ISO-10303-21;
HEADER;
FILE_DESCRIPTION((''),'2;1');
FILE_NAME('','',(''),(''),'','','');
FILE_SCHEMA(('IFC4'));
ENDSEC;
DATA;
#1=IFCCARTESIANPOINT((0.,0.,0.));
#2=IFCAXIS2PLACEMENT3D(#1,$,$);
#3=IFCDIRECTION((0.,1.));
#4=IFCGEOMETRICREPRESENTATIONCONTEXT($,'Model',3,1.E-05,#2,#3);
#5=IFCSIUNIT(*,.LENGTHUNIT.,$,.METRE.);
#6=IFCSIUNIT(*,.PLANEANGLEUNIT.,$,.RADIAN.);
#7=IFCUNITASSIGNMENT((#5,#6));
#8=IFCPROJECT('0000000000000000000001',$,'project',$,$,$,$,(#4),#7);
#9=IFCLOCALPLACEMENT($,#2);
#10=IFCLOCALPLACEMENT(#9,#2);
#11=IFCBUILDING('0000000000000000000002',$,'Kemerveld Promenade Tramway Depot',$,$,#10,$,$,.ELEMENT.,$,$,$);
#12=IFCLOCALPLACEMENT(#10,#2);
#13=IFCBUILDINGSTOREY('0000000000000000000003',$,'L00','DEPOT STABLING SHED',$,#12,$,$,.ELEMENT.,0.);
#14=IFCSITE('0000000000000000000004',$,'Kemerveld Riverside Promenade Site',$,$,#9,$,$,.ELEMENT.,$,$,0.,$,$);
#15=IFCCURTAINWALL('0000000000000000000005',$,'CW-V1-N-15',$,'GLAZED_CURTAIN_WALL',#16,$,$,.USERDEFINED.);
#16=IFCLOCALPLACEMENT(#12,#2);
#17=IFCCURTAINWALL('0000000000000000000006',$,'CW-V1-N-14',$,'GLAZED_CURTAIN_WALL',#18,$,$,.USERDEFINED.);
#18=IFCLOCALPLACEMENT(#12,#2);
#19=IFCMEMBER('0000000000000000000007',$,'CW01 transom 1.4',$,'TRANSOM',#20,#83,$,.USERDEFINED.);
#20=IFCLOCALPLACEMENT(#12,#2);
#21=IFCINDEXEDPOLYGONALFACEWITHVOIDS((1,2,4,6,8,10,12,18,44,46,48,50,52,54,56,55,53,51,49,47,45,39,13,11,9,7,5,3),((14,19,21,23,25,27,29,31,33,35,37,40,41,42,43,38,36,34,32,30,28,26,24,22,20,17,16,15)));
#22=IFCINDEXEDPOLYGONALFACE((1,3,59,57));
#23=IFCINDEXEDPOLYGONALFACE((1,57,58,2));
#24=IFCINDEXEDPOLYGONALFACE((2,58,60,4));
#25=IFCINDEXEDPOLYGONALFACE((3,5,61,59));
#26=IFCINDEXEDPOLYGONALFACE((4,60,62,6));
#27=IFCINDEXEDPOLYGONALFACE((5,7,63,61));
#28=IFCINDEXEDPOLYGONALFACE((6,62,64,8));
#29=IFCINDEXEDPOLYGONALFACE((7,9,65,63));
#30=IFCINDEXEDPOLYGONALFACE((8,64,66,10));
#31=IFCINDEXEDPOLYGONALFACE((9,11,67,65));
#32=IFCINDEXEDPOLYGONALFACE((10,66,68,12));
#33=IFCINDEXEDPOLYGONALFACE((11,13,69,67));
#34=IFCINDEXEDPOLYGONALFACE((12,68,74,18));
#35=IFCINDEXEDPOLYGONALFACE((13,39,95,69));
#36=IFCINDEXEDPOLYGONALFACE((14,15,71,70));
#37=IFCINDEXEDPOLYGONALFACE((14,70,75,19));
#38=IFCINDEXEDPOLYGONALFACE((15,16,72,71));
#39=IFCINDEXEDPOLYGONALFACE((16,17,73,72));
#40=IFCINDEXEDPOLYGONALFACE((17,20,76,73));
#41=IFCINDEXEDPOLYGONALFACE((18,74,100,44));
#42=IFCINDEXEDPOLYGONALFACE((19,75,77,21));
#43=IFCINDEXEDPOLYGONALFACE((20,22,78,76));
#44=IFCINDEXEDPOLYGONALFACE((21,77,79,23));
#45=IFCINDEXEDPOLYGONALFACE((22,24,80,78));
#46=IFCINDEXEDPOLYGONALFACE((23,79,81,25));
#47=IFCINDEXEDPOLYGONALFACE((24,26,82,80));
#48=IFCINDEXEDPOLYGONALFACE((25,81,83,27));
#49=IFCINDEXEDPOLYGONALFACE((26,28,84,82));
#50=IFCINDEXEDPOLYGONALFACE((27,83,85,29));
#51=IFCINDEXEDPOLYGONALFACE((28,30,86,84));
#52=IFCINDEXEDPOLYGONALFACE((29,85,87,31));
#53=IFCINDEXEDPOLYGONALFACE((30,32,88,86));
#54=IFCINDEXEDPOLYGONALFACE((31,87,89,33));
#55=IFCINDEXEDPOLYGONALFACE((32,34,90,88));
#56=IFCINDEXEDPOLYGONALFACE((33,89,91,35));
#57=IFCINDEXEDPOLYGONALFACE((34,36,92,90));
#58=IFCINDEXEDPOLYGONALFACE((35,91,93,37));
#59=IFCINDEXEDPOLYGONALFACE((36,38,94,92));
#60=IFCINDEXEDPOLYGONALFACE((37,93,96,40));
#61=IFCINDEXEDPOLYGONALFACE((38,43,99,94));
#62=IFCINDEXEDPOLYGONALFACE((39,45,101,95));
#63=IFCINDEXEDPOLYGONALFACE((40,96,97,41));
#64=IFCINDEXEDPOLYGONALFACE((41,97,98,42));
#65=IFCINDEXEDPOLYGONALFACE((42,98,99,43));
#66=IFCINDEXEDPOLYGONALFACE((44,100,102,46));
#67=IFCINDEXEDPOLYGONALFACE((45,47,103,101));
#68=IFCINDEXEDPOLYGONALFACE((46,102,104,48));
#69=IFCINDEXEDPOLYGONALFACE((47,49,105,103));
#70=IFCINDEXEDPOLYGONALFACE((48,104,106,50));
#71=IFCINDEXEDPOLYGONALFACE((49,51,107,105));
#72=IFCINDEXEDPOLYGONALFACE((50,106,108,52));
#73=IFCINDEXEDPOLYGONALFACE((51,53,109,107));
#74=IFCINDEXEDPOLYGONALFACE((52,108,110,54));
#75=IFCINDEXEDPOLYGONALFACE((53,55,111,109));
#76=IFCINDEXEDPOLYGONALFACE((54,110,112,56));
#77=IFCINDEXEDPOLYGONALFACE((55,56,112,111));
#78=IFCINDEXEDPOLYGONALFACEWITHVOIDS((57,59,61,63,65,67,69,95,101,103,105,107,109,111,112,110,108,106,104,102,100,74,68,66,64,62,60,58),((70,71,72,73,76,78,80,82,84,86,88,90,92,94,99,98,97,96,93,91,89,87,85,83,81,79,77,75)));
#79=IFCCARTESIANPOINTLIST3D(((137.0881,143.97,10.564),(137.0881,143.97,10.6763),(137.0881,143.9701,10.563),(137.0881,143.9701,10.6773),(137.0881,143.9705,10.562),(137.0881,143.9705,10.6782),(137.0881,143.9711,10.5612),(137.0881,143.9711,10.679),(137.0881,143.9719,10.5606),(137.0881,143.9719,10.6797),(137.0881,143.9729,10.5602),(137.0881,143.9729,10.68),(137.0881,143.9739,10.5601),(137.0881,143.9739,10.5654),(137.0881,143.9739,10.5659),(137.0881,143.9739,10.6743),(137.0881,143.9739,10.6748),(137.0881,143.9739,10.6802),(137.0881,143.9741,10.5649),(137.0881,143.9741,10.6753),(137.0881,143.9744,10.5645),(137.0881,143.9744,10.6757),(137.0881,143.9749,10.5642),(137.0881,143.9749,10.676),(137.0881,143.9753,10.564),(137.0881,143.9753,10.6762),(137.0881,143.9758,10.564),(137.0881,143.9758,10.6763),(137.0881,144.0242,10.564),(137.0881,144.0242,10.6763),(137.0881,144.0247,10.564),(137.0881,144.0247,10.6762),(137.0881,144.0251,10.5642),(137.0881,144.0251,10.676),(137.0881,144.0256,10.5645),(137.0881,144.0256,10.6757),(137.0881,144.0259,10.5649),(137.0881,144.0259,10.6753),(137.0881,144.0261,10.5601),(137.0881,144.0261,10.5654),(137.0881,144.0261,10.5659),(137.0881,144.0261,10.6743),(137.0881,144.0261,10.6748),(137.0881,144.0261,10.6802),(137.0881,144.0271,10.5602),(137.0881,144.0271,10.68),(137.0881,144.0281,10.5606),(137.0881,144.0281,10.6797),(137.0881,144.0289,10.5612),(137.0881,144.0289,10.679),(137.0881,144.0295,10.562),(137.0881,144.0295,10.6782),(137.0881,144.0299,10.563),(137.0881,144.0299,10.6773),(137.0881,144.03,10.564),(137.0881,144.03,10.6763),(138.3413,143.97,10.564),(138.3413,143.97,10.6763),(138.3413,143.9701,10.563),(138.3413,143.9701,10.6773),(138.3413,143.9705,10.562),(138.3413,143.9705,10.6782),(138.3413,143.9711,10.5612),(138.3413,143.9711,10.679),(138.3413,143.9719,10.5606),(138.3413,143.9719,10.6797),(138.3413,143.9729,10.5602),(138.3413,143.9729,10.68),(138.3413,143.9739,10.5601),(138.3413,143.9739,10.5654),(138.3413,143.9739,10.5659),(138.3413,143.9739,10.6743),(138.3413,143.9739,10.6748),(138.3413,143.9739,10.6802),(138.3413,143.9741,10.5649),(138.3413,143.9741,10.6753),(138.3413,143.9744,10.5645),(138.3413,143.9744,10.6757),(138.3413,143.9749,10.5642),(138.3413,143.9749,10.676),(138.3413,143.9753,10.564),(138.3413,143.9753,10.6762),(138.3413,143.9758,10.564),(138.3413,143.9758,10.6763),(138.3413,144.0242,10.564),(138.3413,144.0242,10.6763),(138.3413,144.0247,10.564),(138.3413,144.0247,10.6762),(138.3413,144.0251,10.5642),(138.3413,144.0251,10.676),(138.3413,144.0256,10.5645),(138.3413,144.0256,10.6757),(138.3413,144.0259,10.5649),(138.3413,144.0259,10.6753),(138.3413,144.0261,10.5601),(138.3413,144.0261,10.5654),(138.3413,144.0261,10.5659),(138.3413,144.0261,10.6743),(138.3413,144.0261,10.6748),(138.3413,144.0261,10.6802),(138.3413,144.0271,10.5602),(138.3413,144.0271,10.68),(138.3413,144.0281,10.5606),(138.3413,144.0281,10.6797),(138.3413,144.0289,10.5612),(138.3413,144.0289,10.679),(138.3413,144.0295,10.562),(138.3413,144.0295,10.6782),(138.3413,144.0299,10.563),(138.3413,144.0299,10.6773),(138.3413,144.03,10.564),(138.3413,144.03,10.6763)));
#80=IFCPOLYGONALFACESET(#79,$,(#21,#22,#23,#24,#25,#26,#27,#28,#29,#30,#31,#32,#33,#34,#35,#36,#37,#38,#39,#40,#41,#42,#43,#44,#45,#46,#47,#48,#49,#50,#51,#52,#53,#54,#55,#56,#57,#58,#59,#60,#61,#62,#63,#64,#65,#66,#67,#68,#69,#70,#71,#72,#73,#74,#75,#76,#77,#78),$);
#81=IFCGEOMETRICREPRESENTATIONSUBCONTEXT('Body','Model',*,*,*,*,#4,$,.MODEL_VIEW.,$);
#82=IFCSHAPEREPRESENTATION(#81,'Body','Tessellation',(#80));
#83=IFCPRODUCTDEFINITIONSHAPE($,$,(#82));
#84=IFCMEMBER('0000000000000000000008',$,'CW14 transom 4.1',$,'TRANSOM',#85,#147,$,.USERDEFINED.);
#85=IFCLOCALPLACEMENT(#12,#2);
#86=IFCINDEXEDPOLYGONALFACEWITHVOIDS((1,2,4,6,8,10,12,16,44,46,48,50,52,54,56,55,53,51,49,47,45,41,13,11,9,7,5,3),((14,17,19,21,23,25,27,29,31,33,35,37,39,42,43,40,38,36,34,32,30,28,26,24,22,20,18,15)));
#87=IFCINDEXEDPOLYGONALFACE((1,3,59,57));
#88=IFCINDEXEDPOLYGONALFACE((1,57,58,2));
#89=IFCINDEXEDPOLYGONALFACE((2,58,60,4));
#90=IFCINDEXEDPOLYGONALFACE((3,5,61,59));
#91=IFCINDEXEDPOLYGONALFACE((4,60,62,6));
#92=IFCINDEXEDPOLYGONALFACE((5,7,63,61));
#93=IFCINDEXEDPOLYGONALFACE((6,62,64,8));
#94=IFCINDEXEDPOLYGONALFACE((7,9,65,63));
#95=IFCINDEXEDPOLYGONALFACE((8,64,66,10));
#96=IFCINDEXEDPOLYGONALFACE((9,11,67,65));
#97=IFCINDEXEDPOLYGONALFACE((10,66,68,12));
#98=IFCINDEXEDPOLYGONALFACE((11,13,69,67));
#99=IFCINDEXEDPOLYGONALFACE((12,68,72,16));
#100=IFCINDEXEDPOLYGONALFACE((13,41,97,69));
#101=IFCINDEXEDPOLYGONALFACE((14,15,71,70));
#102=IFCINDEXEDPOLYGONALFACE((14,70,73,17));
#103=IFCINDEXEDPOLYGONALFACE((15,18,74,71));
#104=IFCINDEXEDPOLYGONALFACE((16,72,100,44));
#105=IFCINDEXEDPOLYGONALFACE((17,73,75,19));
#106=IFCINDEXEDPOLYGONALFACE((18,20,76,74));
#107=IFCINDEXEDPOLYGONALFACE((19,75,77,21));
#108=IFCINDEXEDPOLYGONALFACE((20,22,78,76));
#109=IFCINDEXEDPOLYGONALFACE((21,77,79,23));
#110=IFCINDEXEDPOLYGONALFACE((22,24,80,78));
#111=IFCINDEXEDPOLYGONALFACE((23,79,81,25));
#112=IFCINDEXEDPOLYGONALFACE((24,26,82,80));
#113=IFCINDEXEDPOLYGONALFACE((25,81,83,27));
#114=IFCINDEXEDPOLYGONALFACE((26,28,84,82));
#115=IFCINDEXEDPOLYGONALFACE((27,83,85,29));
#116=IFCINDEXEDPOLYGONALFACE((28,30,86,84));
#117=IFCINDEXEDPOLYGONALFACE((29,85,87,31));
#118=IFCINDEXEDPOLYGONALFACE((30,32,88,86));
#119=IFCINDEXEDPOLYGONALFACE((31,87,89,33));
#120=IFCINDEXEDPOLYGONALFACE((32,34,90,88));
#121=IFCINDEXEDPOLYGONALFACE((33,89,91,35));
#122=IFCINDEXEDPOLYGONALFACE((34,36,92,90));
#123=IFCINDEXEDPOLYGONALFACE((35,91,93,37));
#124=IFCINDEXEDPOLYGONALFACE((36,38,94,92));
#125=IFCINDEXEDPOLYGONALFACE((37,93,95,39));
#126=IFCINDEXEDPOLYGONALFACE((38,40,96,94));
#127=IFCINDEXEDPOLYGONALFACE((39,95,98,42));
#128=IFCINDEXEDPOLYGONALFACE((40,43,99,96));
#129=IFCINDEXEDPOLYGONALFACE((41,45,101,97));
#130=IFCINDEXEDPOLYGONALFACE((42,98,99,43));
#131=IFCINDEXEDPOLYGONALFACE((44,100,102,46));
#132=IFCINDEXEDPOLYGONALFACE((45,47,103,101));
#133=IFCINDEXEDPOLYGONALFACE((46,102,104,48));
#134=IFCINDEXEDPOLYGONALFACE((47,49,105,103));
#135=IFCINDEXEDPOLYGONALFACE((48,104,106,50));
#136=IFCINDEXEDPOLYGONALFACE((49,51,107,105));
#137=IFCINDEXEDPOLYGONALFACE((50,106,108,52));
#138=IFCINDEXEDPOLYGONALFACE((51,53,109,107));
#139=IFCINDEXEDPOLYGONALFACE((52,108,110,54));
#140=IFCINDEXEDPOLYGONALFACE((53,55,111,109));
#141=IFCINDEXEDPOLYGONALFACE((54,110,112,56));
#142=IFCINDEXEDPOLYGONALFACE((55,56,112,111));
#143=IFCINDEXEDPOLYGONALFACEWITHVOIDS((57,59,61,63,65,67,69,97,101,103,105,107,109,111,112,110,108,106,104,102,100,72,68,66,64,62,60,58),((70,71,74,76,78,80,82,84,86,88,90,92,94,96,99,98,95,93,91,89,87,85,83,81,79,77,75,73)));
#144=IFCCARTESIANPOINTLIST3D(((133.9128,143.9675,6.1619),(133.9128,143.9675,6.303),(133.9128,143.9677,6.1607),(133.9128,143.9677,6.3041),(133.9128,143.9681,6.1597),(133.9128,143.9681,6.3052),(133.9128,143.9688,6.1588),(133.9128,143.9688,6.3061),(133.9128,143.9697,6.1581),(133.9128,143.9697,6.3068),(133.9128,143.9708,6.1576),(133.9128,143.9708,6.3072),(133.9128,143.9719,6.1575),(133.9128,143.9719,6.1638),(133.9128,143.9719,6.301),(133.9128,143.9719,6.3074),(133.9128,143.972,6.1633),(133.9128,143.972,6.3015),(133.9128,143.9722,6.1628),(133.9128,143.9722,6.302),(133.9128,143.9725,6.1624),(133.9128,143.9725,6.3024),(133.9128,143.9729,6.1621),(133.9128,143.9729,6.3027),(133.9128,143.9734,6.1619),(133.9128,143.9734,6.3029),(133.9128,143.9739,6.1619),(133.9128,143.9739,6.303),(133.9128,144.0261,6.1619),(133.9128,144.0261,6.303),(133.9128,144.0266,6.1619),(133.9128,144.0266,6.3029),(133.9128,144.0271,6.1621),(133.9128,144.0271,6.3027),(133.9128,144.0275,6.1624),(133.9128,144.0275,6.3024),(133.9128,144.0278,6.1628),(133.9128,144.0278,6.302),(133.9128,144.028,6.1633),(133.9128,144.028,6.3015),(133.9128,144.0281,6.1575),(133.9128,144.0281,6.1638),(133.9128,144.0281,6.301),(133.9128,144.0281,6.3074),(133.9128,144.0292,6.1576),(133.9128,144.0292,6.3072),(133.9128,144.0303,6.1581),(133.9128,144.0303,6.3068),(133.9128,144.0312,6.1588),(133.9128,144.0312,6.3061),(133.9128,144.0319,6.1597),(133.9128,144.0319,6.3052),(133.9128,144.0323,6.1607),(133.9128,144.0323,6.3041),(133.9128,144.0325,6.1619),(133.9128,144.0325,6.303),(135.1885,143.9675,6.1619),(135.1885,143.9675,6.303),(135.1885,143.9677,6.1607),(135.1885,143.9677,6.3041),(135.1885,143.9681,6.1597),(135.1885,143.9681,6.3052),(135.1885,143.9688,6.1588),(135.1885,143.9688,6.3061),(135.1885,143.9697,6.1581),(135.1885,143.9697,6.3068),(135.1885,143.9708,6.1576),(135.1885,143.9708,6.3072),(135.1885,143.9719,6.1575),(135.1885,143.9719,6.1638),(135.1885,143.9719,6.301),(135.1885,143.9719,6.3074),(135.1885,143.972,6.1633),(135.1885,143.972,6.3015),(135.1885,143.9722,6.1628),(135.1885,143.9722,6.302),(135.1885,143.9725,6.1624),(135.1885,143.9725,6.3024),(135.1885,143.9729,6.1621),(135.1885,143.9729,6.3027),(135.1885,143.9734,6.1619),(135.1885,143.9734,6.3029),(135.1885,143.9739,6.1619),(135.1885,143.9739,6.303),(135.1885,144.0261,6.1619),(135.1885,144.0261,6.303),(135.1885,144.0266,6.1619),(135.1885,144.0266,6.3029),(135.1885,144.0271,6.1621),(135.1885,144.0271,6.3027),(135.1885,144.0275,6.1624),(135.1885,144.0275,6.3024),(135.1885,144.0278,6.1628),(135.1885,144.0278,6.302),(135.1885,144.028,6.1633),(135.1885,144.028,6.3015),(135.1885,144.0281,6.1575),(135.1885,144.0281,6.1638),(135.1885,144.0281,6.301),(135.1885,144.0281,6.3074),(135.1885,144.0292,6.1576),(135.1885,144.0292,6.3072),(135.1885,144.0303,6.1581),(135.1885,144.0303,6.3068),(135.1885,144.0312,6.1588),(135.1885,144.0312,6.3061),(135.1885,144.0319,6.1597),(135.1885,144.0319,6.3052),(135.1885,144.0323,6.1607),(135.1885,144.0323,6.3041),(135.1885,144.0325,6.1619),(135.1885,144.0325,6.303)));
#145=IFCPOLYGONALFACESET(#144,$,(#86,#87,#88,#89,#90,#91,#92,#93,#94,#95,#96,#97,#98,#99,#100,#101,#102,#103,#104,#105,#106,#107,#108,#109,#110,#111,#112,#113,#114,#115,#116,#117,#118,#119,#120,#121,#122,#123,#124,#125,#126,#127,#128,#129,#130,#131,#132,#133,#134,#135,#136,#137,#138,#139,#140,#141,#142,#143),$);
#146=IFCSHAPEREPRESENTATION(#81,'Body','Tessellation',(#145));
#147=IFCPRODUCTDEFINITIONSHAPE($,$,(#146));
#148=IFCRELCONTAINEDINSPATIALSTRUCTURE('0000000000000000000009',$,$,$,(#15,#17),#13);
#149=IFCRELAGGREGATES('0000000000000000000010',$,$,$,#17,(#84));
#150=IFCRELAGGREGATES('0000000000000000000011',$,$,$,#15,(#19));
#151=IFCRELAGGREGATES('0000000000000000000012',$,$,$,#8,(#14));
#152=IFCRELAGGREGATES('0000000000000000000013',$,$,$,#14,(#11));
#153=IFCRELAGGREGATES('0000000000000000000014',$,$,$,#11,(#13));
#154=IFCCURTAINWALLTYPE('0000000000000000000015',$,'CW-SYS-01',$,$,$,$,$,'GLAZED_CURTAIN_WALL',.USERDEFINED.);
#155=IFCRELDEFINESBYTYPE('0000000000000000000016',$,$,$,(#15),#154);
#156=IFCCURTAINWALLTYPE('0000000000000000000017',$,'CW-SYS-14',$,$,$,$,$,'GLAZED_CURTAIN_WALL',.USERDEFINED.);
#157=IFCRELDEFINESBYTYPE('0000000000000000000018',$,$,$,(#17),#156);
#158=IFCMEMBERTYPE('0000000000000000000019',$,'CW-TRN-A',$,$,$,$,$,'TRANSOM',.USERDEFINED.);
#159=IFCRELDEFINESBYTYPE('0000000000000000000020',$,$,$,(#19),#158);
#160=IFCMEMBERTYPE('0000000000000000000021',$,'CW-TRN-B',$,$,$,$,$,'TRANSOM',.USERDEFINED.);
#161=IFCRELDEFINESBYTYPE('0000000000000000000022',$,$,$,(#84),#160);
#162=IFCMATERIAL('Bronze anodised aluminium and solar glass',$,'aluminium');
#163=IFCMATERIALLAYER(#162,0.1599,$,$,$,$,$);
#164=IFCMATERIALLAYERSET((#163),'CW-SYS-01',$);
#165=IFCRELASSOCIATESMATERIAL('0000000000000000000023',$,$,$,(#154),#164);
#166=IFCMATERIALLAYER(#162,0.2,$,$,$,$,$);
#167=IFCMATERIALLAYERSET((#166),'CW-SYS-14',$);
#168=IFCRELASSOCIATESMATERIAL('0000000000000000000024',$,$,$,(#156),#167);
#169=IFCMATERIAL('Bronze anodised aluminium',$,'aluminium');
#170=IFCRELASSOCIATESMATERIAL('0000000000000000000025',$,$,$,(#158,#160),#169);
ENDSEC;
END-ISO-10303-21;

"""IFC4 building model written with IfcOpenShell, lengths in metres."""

from ifc_helpers import new_model, si_unit, direction, frame, origin, origin_2d, place, context, subcontext, project, spatial, hollow_rectangle, extrude, material, layer, layer_set, material_profile, profile_set, type_object, element, aggregate, save


model = new_model("IFC4")

# Units and contexts
model_context = context("Model", 3, precision=1e-05, world=origin(), true_north=direction((0.0, 1.0)))
body_context = subcontext(model_context, "Body", "Model", "MODEL_VIEW")
ifc_project = project(units=[si_unit("LENGTHUNIT", "METRE"), si_unit("PLANEANGLEUNIT", "RADIAN")], contexts=[model_context])

# Site, building, storey
site_placement = place(None, origin())
site = spatial("IfcSite", under=ifc_project, at=site_placement, Name="Kemerveld Riverside Promenade Site", CompositionType="ELEMENT", RefElevation=0.0)
building_placement = place(site_placement, origin())
building = spatial("IfcBuilding", under=site, at=building_placement, Name="Kemerveld Promenade Tramway Depot", CompositionType="ELEMENT")
storey_placement = place(building_placement, origin())
storey = spatial("IfcBuildingStorey", under=building, at=storey_placement, Name="L00", Description="DEPOT STABLING SHED", CompositionType="ELEMENT", Elevation=0.0)

# Curtain wall
ifc_material_1 = material(Name="Bronze anodised aluminium and solar glass", Category="aluminium")
ifc_layer_1 = layer(ifc_material_1, 0.1599)
ifc_layer_set_1 = layer_set([ifc_layer_1], Name="CW-SYS-01")
curtain_wall_type_1 = type_object("IfcCurtainWallType", Name="CW-SYS-01", ElementType="GLAZED_CURTAIN_WALL", PredefinedType="USERDEFINED", material=ifc_layer_set_1)
curtain_wall_1_placement = place(storey_placement, origin())
curtain_wall_1 = element("IfcCurtainWall", 1, at=curtain_wall_1_placement, inside=storey, type_object=curtain_wall_type_1, Name="CW-V1-N-15", ObjectType="GLAZED_CURTAIN_WALL", PredefinedType="USERDEFINED")
ifc_material_2 = material(Name="Bronze anodised aluminium", Category="aluminium")

# Curtain wall
ifc_layer_2 = layer(ifc_material_1, 0.2)
ifc_layer_set_2 = layer_set([ifc_layer_2], Name="CW-SYS-14")
curtain_wall_type_2 = type_object("IfcCurtainWallType", Name="CW-SYS-14", ElementType="GLAZED_CURTAIN_WALL", PredefinedType="USERDEFINED", material=ifc_layer_set_2)
curtain_wall_2_placement = place(storey_placement, origin())
curtain_wall_2 = element("IfcCurtainWall", 2, at=curtain_wall_2_placement, inside=storey, type_object=curtain_wall_type_2, Name="CW-V1-N-14", ObjectType="GLAZED_CURTAIN_WALL", PredefinedType="USERDEFINED")

# Members
ifc_material_profile_1 = material_profile(ifc_material_2, hollow_rectangle(XDim=0.0601, YDim=0.1201, WallThickness=0.0039, InnerFilletRadius=0.002, OuterFilletRadius=0.0039, at=origin_2d()), Name="CW-TRN-120x60")
ifc_profile_set_1 = profile_set([ifc_material_profile_1], Name="Bronze anodised aluminium")
member_type_1 = type_object("IfcMemberType", Name="CW-TRN-A", ElementType="TRANSOM", PredefinedType="USERDEFINED", material=ifc_profile_set_1)
member_1_placement = place(storey_placement, frame((137.0881, 144.0, 10.6201), z_axis=(1.0, 0.0, 0.0), x_axis=(0.0, 1.0, 0.0)))
member_1 = element("IfcMember", 3, at=member_1_placement, type_object=member_type_1, Name="CW01 transom 1.4", ObjectType="TRANSOM", PredefinedType="USERDEFINED", context=body_context, shape_type="SweptSolid", body=[
    extrude(hollow_rectangle(XDim=0.0601, YDim=0.1201, WallThickness=0.0039, InnerFilletRadius=0.002, OuterFilletRadius=0.0039, at=origin_2d()), origin(), (0.0, 0.0, 1.0), 1.2532),
])
ifc_material_profile_2 = material_profile(ifc_material_2, hollow_rectangle(XDim=0.0649, YDim=0.1499, WallThickness=0.0044, InnerFilletRadius=0.002, OuterFilletRadius=0.0044, at=origin_2d()), Name="CW-TRN-150x65")
ifc_profile_set_2 = profile_set([ifc_material_profile_2], Name="Bronze anodised aluminium")
member_type_2 = type_object("IfcMemberType", Name="CW-TRN-B", ElementType="TRANSOM", PredefinedType="USERDEFINED", material=ifc_profile_set_2)
member_2_placement = place(storey_placement, frame((133.9128, 144.0, 6.2324), z_axis=(1.0, 0.0, 0.0), x_axis=(0.0, 1.0, 0.0)))
member_2 = element("IfcMember", 4, at=member_2_placement, type_object=member_type_2, Name="CW14 transom 4.1", ObjectType="TRANSOM", PredefinedType="USERDEFINED", context=body_context, shape_type="SweptSolid", body=[
    extrude(hollow_rectangle(XDim=0.0649, YDim=0.1499, WallThickness=0.0044, InnerFilletRadius=0.002, OuterFilletRadius=0.0044, at=origin_2d()), origin(), (0.0, 0.0, 1.0), 1.2756),
])

aggregate(curtain_wall_2, [member_2])
aggregate(curtain_wall_1, [member_1])

save(model, "model.ifc")
